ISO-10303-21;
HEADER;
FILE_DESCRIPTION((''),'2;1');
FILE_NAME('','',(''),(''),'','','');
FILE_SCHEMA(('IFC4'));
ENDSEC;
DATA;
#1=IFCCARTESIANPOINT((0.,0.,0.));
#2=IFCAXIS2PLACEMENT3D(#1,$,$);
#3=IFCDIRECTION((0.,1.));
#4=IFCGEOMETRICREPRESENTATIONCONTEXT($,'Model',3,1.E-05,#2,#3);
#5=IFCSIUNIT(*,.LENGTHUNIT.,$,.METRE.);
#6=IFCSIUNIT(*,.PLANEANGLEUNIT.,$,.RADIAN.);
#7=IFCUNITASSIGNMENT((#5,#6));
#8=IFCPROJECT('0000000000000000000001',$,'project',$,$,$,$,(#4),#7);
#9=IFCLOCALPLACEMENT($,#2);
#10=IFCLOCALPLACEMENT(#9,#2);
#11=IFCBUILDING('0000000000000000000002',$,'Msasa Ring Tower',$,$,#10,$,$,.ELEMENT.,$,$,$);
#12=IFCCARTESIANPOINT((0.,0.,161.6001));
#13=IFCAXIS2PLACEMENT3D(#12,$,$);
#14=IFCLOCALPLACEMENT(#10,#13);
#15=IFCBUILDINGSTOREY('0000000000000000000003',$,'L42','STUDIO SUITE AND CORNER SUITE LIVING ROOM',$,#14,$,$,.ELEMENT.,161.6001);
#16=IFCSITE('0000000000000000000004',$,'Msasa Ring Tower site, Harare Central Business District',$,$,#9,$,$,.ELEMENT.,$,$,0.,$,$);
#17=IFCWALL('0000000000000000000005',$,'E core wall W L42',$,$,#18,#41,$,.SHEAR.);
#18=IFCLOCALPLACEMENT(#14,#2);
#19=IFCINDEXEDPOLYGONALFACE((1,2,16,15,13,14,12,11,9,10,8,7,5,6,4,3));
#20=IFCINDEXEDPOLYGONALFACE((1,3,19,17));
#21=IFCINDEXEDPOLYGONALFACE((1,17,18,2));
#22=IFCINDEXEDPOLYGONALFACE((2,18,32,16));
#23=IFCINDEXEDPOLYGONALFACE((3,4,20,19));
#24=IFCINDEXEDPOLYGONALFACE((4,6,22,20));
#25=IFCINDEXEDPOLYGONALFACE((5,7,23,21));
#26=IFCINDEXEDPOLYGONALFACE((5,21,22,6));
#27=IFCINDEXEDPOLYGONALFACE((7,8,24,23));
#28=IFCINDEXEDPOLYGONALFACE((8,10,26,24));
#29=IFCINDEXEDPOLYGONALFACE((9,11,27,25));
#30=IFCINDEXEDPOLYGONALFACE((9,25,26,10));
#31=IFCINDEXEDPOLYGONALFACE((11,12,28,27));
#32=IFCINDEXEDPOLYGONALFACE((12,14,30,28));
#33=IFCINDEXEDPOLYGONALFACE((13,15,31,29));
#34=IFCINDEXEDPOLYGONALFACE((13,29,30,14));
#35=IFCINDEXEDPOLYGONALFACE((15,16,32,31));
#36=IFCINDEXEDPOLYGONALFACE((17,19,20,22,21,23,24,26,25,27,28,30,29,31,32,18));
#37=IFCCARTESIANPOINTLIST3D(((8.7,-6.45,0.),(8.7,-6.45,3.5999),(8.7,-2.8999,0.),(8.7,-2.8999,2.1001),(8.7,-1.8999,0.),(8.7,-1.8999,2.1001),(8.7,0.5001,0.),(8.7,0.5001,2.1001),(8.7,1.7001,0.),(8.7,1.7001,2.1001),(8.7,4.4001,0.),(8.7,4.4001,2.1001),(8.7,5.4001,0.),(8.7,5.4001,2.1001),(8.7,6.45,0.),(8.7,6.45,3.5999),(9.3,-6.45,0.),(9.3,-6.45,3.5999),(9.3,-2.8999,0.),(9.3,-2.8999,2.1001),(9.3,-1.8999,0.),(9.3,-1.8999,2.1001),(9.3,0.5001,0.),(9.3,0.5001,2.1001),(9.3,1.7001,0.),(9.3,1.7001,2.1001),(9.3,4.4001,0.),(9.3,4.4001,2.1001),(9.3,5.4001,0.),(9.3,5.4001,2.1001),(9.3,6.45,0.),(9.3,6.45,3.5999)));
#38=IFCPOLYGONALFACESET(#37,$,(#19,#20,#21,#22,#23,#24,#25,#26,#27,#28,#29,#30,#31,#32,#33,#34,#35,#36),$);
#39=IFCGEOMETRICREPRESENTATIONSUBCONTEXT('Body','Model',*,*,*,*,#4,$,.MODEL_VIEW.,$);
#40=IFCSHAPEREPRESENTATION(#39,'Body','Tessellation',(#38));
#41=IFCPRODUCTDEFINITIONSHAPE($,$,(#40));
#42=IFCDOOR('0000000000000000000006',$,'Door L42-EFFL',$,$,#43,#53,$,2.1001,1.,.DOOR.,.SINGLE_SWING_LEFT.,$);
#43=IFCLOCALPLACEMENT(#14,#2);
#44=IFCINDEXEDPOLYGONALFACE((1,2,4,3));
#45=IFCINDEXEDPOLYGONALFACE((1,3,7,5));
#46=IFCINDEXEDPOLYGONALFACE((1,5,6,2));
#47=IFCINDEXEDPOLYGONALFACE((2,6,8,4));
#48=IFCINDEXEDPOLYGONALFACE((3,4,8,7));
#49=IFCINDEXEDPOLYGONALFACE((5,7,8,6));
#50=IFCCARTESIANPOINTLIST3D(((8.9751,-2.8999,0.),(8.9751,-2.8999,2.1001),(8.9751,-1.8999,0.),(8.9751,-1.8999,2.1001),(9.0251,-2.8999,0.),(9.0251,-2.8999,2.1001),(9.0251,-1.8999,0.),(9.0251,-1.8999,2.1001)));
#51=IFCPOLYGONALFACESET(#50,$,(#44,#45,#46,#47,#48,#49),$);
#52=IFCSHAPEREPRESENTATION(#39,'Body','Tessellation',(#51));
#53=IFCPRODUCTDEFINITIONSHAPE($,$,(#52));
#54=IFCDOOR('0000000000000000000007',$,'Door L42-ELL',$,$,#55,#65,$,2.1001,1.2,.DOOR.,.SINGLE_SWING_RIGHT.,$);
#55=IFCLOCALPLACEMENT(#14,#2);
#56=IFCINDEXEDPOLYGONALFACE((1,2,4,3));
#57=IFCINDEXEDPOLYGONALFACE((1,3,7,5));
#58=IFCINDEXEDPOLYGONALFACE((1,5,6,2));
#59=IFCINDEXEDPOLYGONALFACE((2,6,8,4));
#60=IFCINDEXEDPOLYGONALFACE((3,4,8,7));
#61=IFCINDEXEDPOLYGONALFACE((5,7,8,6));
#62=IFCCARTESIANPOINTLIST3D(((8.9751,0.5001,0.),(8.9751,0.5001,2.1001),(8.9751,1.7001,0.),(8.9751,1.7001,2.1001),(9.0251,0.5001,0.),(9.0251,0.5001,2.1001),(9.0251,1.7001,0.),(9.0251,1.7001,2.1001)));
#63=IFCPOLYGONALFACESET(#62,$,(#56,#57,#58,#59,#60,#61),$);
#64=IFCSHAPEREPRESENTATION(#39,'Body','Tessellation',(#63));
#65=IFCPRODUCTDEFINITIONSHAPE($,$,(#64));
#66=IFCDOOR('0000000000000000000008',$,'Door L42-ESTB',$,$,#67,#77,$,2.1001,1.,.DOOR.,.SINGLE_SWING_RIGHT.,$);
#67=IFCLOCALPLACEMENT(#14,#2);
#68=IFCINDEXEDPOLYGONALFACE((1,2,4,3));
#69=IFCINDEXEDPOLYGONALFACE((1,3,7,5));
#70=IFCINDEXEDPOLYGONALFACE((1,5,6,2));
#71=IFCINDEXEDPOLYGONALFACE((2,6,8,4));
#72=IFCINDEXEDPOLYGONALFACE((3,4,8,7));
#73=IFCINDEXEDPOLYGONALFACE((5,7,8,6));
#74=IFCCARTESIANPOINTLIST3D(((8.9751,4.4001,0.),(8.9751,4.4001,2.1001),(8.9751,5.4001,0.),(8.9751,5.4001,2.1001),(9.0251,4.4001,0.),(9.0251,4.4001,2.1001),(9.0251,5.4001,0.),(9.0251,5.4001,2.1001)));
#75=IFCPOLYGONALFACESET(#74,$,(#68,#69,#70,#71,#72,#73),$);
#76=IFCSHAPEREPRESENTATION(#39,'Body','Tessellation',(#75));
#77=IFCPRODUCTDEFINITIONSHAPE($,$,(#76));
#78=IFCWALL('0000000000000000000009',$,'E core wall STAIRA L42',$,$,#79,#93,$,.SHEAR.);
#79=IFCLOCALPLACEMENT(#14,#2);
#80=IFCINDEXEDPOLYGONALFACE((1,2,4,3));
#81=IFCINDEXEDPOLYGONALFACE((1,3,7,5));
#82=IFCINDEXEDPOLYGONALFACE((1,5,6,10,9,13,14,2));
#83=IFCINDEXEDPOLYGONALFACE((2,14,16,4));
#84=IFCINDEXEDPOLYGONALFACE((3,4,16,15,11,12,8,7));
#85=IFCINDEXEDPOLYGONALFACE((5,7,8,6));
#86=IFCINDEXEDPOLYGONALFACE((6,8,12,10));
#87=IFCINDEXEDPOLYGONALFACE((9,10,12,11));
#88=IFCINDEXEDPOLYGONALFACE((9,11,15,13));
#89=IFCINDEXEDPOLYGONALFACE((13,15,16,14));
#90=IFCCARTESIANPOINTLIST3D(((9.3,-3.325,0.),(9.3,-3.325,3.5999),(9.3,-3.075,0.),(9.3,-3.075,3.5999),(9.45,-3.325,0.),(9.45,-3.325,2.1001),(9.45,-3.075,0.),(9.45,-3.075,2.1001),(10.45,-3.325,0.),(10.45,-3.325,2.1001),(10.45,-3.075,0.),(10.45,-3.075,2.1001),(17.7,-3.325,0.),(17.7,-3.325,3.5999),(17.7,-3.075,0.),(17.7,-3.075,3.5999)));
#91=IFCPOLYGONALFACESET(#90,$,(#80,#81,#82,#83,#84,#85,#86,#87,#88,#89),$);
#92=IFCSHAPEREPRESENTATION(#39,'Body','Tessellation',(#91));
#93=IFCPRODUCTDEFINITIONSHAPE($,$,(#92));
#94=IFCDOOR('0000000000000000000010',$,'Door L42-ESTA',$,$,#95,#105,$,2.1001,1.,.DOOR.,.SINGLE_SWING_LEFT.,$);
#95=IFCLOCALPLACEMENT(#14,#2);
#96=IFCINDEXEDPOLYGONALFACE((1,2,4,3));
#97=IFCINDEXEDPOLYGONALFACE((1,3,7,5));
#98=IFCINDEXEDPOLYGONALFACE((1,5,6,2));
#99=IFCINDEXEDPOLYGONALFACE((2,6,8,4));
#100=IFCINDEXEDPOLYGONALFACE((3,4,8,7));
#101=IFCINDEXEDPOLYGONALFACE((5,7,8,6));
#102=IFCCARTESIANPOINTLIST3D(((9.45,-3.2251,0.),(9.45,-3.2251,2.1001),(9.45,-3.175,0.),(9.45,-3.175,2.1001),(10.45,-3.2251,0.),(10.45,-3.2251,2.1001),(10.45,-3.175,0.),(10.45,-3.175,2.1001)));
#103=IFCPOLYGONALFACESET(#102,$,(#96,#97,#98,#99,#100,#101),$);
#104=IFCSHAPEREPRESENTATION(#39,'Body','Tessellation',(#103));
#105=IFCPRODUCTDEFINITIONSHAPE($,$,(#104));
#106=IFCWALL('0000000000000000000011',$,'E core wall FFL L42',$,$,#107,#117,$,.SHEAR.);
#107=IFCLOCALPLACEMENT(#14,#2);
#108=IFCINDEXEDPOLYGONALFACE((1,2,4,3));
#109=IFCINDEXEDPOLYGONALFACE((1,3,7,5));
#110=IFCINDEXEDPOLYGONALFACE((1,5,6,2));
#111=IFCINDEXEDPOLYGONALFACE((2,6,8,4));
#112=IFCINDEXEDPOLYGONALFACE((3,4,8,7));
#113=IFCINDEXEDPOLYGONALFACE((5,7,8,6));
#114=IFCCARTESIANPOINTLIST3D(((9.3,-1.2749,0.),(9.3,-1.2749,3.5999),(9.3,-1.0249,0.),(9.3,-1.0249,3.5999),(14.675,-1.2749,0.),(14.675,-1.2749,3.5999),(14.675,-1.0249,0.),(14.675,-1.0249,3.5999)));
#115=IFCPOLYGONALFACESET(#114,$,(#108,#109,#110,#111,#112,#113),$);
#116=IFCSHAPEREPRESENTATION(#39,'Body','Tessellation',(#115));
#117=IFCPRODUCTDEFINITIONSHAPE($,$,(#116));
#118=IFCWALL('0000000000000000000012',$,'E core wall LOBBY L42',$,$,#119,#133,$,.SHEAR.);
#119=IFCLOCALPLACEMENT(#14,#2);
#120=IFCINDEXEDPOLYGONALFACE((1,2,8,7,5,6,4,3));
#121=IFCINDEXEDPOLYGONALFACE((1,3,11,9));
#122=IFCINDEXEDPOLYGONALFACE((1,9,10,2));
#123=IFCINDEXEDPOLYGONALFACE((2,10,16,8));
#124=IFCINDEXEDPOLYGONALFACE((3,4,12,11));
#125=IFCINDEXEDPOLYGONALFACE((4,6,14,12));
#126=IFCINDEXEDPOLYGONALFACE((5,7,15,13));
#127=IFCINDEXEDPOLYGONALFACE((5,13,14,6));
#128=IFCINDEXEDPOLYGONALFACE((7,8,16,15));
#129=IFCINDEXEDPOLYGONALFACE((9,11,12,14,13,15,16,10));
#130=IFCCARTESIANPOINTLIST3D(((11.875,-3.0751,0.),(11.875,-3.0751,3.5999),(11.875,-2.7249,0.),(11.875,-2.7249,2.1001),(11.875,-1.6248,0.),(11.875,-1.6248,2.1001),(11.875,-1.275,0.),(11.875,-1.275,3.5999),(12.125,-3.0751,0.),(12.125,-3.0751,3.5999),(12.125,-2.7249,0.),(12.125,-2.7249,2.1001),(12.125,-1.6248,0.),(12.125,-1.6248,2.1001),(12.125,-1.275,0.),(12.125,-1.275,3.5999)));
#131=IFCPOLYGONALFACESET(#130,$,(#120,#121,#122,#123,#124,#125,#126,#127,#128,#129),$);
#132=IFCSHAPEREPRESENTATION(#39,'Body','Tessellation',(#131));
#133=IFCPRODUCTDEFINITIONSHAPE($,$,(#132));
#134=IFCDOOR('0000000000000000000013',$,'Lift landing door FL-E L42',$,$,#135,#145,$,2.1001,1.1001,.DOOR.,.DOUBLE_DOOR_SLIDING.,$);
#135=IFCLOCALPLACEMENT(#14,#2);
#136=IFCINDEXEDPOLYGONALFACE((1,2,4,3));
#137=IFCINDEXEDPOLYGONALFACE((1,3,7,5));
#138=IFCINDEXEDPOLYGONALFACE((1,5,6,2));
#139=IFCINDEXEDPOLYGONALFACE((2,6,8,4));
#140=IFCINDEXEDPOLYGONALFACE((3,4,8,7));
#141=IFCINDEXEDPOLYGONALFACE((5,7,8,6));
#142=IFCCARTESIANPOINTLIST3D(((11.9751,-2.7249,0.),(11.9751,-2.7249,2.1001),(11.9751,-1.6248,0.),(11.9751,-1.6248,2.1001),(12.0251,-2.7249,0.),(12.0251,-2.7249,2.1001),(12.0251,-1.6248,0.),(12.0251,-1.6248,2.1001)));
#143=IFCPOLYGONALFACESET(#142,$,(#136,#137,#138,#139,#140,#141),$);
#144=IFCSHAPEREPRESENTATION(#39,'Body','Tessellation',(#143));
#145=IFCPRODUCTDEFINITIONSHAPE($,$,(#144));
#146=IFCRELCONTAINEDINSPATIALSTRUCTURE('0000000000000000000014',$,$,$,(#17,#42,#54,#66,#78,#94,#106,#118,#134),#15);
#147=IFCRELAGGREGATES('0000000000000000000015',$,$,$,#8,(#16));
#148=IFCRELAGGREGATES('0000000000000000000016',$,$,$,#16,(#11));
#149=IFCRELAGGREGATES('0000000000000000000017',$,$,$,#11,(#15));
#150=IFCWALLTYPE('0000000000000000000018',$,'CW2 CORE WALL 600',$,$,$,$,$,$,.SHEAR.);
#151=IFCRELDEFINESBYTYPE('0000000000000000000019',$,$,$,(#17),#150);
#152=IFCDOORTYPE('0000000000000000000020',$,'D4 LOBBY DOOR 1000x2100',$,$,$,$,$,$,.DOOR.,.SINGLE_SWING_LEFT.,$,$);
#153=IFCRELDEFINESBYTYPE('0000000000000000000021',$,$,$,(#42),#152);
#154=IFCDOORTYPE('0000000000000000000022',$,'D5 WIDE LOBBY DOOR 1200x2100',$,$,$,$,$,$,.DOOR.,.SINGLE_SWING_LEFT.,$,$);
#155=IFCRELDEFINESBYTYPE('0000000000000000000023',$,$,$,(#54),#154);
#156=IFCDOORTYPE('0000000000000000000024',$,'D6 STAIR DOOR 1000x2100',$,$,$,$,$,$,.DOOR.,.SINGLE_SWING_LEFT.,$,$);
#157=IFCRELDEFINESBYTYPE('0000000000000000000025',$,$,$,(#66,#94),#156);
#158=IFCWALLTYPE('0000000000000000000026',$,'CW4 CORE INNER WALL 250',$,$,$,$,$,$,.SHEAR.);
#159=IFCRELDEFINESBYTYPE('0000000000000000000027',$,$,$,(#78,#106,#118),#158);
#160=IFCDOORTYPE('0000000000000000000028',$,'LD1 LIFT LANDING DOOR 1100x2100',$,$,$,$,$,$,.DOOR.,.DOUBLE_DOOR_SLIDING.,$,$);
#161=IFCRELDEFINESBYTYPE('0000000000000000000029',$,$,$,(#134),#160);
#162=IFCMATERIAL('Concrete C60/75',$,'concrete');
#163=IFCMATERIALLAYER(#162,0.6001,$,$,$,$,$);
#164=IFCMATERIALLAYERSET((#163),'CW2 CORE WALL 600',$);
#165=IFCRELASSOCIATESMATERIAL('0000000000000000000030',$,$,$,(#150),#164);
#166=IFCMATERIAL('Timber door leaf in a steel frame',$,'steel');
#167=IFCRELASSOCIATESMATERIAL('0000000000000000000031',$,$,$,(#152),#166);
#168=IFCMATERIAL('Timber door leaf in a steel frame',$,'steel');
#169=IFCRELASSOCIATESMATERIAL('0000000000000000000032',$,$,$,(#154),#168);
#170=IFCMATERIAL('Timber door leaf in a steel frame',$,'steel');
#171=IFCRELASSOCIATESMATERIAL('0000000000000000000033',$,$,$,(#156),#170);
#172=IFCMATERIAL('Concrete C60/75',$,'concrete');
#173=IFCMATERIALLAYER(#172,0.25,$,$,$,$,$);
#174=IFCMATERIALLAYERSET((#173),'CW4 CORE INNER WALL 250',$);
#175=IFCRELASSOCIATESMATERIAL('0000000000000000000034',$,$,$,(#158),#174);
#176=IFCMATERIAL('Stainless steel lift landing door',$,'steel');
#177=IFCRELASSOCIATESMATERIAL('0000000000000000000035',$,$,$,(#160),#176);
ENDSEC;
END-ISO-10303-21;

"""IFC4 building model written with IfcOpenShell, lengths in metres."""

from ifc_helpers import new_model, si_unit, direction, frame, frame_2d, origin, place, context, subcontext, project, spatial, rectangle, extrude, material, layer, layer_set, type_object, element, fill, save


model = new_model("IFC4")

# Units and contexts
model_context = context("Model", 3, precision=1e-05, world=origin(), true_north=direction((0.0, 1.0)))
body_context = subcontext(model_context, "Body", "Model", "MODEL_VIEW")
ifc_project = project(units=[si_unit("LENGTHUNIT", "METRE"), si_unit("PLANEANGLEUNIT", "RADIAN")], contexts=[model_context])

# Site, building, storey
site_placement = place(None, origin())
site = spatial("IfcSite", under=ifc_project, at=site_placement, Name="Msasa Ring Tower site, Harare Central Business District", CompositionType="ELEMENT", RefElevation=0.0)
building_placement = place(site_placement, origin())
building = spatial("IfcBuilding", under=site, at=building_placement, Name="Msasa Ring Tower", CompositionType="ELEMENT")
storey_placement = place(building_placement, frame((0.0, 0.0, 161.6001)))
storey = spatial("IfcBuildingStorey", under=building, at=storey_placement, Name="L42", Description="STUDIO SUITE AND CORNER SUITE LIVING ROOM", CompositionType="ELEMENT", Elevation=161.6001)

# Shared definitions
ifc_material_1 = material(Name="Concrete C60/75", Category="concrete")
ifc_layer_1 = layer(ifc_material_1, 0.6001)
ifc_layer_set_1 = layer_set([ifc_layer_1], Name="CW2 CORE WALL 600")
wall_type_1 = type_object("IfcWallType", Name="CW2 CORE WALL 600", PredefinedType="SHEAR", material=ifc_layer_set_1)

# Wall, openings, doors
wall_1_placement = place(storey_placement, frame((9.0, -6.45, 0.0), z_axis=(0.0, 0.0, 1.0), x_axis=(0.0, 1.0, 0.0)))
wall_1 = element("IfcWall", 1, at=wall_1_placement, inside=storey, type_object=wall_type_1, Name="E core wall W L42", PredefinedType="SHEAR", context=body_context, shape_type="SweptSolid", body=[
    extrude(rectangle(XDim=12.8999, YDim=0.6001, at=frame_2d((6.45, 0.0))), origin(), (0.0, 0.0, 1.0), 3.5999),
])
opening_1_placement = place(wall_1_placement, frame((3.55, 0.0, 0.0)))
opening_1 = element("IfcOpeningElement", 2, at=opening_1_placement, cuts=wall_1, PredefinedType="OPENING", context=body_context, shape_type="SweptSolid", body=[
    extrude(rectangle(XDim=1.0, YDim=2.1001, at=frame_2d((0.5, 1.05))), frame((0.0, 0.3101, 0.0), z_axis=(0.0, -1.0, 0.0), x_axis=(1.0, 0.0, 0.0)), (0.0, 0.0, 1.0), 0.6201),
])
opening_2_placement = place(wall_1_placement, frame((6.95, 0.0, 0.0)))
opening_2 = element("IfcOpeningElement", 3, at=opening_2_placement, cuts=wall_1, PredefinedType="OPENING", context=body_context, shape_type="SweptSolid", body=[
    extrude(rectangle(XDim=1.2, YDim=2.1001, at=frame_2d((0.6001, 1.05))), frame((0.0, 0.3101, 0.0), z_axis=(0.0, -1.0, 0.0), x_axis=(1.0, 0.0, 0.0)), (0.0, 0.0, 1.0), 0.6201),
])
opening_3_placement = place(wall_1_placement, frame((10.8501, 0.0, 0.0)))
opening_3 = element("IfcOpeningElement", 4, at=opening_3_placement, cuts=wall_1, PredefinedType="OPENING", context=body_context, shape_type="SweptSolid", body=[
    extrude(rectangle(XDim=1.0, YDim=2.1001, at=frame_2d((0.5, 1.05))), frame((0.0, 0.3101, 0.0), z_axis=(0.0, -1.0, 0.0), x_axis=(1.0, 0.0, 0.0)), (0.0, 0.0, 1.0), 0.6201),
])
ifc_material_2 = material(Name="Timber door leaf in a steel frame", Category="steel")
door_type_1 = type_object("IfcDoorType", Name="D4 LOBBY DOOR 1000x2100", OperationType="SINGLE_SWING_LEFT", PredefinedType="DOOR", material=ifc_material_2)
door_1_placement = place(opening_1_placement, origin())
door_1 = element("IfcDoor", 5, at=door_1_placement, inside=storey, type_object=door_type_1, Name="Door L42-EFFL", OperationType="SINGLE_SWING_LEFT", OverallHeight=2.1001, OverallWidth=1.0, PredefinedType="DOOR", context=body_context, shape_type="SweptSolid", body=[
    extrude(rectangle(XDim=1.0, YDim=2.1001, at=frame_2d((0.5, 1.05))), frame((0.0, 0.0249, 0.0), z_axis=(0.0, -1.0, 0.0), x_axis=(1.0, 0.0, 0.0)), (0.0, 0.0, 1.0), 0.05),
])
fill(opening_1, door_1)
ifc_material_3 = material(Name="Timber door leaf in a steel frame", Category="steel")
door_type_2 = type_object("IfcDoorType", Name="D5 WIDE LOBBY DOOR 1200x2100", OperationType="SINGLE_SWING_LEFT", PredefinedType="DOOR", material=ifc_material_3)
door_2_placement = place(opening_2_placement, origin())
door_2 = element("IfcDoor", 6, at=door_2_placement, inside=storey, type_object=door_type_2, Name="Door L42-ELL", OperationType="SINGLE_SWING_RIGHT", OverallHeight=2.1001, OverallWidth=1.2, PredefinedType="DOOR", context=body_context, shape_type="SweptSolid", body=[
    extrude(rectangle(XDim=1.2, YDim=2.1001, at=frame_2d((0.6001, 1.05))), frame((0.0, 0.0249, 0.0), z_axis=(0.0, -1.0, 0.0), x_axis=(1.0, 0.0, 0.0)), (0.0, 0.0, 1.0), 0.05),
])
fill(opening_2, door_2)
ifc_material_4 = material(Name="Timber door leaf in a steel frame", Category="steel")
door_type_3 = type_object("IfcDoorType", Name="D6 STAIR DOOR 1000x2100", OperationType="SINGLE_SWING_LEFT", PredefinedType="DOOR", material=ifc_material_4)
door_3_placement = place(opening_3_placement, origin())
door_3 = element("IfcDoor", 7, at=door_3_placement, inside=storey, type_object=door_type_3, Name="Door L42-ESTB", OperationType="SINGLE_SWING_RIGHT", OverallHeight=2.1001, OverallWidth=1.0, PredefinedType="DOOR", context=body_context, shape_type="SweptSolid", body=[
    extrude(rectangle(XDim=1.0, YDim=2.1001, at=frame_2d((0.5, 1.05))), frame((0.0, 0.0249, 0.0), z_axis=(0.0, -1.0, 0.0), x_axis=(1.0, 0.0, 0.0)), (0.0, 0.0, 1.0), 0.05),
])
fill(opening_3, door_3)

# Wall, opening, door
ifc_material_5 = material(Name="Concrete C60/75", Category="concrete")
ifc_layer_2 = layer(ifc_material_5, 0.25)
ifc_layer_set_2 = layer_set([ifc_layer_2], Name="CW4 CORE INNER WALL 250")
wall_type_2 = type_object("IfcWallType", Name="CW4 CORE INNER WALL 250", PredefinedType="SHEAR", material=ifc_layer_set_2)
wall_2_placement = place(storey_placement, frame((9.3, -3.2, 0.0), z_axis=(0.0, 0.0, 1.0), x_axis=(1.0, 0.0, 0.0)))
wall_2 = element("IfcWall", 8, at=wall_2_placement, inside=storey, type_object=wall_type_2, Name="E core wall STAIRA L42", PredefinedType="SHEAR", context=body_context, shape_type="SweptSolid", body=[
    extrude(rectangle(XDim=8.3999, YDim=0.25, at=frame_2d((4.2, 0.0))), origin(), (0.0, 0.0, 1.0), 3.5999),
])
opening_4_placement = place(wall_2_placement, frame((0.1499, 0.0, 0.0)))
opening_4 = element("IfcOpeningElement", 9, at=opening_4_placement, cuts=wall_2, PredefinedType="OPENING", context=body_context, shape_type="SweptSolid", body=[
    extrude(rectangle(XDim=1.0, YDim=2.1001, at=frame_2d((0.5, 1.05))), frame((0.0, 0.135, 0.0), z_axis=(0.0, -1.0, 0.0), x_axis=(1.0, 0.0, 0.0)), (0.0, 0.0, 1.0), 0.27),
])
door_4_placement = place(opening_4_placement, origin())
door_4 = element("IfcDoor", 10, at=door_4_placement, inside=storey, type_object=door_type_3, Name="Door L42-ESTA", OperationType="SINGLE_SWING_LEFT", OverallHeight=2.1001, OverallWidth=1.0, PredefinedType="DOOR", context=body_context, shape_type="SweptSolid", body=[
    extrude(rectangle(XDim=1.0, YDim=2.1001, at=frame_2d((0.5, 1.05))), frame((0.0, 0.0249, 0.0), z_axis=(0.0, -1.0, 0.0), x_axis=(1.0, 0.0, 0.0)), (0.0, 0.0, 1.0), 0.05),
])
fill(opening_4, door_4)

# Wall
wall_3_placement = place(storey_placement, frame((9.3, -1.1499, 0.0), z_axis=(0.0, 0.0, 1.0), x_axis=(1.0, 0.0, 0.0)))
element("IfcWall", 11, at=wall_3_placement, inside=storey, type_object=wall_type_2, Name="E core wall FFL L42", PredefinedType="SHEAR", context=body_context, shape_type="SweptSolid", body=[
    extrude(rectangle(XDim=5.375, YDim=0.25, at=frame_2d((2.6875, 0.0))), origin(), (0.0, 0.0, 1.0), 3.5999),
])

# Wall, opening, door
wall_4_placement = place(storey_placement, frame((12.0, -3.075, 0.0), z_axis=(0.0, 0.0, 1.0), x_axis=(0.0, 1.0, 0.0)))
wall_4 = element("IfcWall", 12, at=wall_4_placement, inside=storey, type_object=wall_type_2, Name="E core wall LOBBY L42", PredefinedType="SHEAR", context=body_context, shape_type="SweptSolid", body=[
    extrude(rectangle(XDim=1.8, YDim=0.25, at=frame_2d((0.8999, 0.0))), origin(), (0.0, 0.0, 1.0), 3.5999),
])
opening_5_placement = place(wall_4_placement, frame((0.3501, 0.0, 0.0)))
opening_5 = element("IfcOpeningElement", 13, at=opening_5_placement, cuts=wall_4, PredefinedType="OPENING", context=body_context, shape_type="SweptSolid", body=[
    extrude(rectangle(XDim=1.1001, YDim=2.1001, at=frame_2d((0.55, 1.05))), frame((0.0, 0.135, 0.0), z_axis=(0.0, -1.0, 0.0), x_axis=(1.0, 0.0, 0.0)), (0.0, 0.0, 1.0), 0.27),
])
ifc_material_6 = material(Name="Stainless steel lift landing door", Category="steel")
door_type_4 = type_object("IfcDoorType", Name="LD1 LIFT LANDING DOOR 1100x2100", OperationType="DOUBLE_DOOR_SLIDING", PredefinedType="DOOR", material=ifc_material_6)
door_5_placement = place(opening_5_placement, origin())
door_5 = element("IfcDoor", 14, at=door_5_placement, inside=storey, type_object=door_type_4, Name="Lift landing door FL-E L42", OperationType="DOUBLE_DOOR_SLIDING", OverallHeight=2.1001, OverallWidth=1.1001, PredefinedType="DOOR", context=body_context, shape_type="SweptSolid", body=[
    extrude(rectangle(XDim=1.1001, YDim=2.1001, at=frame_2d((0.55, 1.05))), frame((0.0, 0.0249, 0.0), z_axis=(0.0, -1.0, 0.0), x_axis=(1.0, 0.0, 0.0)), (0.0, 0.0, 1.0), 0.05),
])
fill(opening_5, door_5)

save(model, "model.ifc")
